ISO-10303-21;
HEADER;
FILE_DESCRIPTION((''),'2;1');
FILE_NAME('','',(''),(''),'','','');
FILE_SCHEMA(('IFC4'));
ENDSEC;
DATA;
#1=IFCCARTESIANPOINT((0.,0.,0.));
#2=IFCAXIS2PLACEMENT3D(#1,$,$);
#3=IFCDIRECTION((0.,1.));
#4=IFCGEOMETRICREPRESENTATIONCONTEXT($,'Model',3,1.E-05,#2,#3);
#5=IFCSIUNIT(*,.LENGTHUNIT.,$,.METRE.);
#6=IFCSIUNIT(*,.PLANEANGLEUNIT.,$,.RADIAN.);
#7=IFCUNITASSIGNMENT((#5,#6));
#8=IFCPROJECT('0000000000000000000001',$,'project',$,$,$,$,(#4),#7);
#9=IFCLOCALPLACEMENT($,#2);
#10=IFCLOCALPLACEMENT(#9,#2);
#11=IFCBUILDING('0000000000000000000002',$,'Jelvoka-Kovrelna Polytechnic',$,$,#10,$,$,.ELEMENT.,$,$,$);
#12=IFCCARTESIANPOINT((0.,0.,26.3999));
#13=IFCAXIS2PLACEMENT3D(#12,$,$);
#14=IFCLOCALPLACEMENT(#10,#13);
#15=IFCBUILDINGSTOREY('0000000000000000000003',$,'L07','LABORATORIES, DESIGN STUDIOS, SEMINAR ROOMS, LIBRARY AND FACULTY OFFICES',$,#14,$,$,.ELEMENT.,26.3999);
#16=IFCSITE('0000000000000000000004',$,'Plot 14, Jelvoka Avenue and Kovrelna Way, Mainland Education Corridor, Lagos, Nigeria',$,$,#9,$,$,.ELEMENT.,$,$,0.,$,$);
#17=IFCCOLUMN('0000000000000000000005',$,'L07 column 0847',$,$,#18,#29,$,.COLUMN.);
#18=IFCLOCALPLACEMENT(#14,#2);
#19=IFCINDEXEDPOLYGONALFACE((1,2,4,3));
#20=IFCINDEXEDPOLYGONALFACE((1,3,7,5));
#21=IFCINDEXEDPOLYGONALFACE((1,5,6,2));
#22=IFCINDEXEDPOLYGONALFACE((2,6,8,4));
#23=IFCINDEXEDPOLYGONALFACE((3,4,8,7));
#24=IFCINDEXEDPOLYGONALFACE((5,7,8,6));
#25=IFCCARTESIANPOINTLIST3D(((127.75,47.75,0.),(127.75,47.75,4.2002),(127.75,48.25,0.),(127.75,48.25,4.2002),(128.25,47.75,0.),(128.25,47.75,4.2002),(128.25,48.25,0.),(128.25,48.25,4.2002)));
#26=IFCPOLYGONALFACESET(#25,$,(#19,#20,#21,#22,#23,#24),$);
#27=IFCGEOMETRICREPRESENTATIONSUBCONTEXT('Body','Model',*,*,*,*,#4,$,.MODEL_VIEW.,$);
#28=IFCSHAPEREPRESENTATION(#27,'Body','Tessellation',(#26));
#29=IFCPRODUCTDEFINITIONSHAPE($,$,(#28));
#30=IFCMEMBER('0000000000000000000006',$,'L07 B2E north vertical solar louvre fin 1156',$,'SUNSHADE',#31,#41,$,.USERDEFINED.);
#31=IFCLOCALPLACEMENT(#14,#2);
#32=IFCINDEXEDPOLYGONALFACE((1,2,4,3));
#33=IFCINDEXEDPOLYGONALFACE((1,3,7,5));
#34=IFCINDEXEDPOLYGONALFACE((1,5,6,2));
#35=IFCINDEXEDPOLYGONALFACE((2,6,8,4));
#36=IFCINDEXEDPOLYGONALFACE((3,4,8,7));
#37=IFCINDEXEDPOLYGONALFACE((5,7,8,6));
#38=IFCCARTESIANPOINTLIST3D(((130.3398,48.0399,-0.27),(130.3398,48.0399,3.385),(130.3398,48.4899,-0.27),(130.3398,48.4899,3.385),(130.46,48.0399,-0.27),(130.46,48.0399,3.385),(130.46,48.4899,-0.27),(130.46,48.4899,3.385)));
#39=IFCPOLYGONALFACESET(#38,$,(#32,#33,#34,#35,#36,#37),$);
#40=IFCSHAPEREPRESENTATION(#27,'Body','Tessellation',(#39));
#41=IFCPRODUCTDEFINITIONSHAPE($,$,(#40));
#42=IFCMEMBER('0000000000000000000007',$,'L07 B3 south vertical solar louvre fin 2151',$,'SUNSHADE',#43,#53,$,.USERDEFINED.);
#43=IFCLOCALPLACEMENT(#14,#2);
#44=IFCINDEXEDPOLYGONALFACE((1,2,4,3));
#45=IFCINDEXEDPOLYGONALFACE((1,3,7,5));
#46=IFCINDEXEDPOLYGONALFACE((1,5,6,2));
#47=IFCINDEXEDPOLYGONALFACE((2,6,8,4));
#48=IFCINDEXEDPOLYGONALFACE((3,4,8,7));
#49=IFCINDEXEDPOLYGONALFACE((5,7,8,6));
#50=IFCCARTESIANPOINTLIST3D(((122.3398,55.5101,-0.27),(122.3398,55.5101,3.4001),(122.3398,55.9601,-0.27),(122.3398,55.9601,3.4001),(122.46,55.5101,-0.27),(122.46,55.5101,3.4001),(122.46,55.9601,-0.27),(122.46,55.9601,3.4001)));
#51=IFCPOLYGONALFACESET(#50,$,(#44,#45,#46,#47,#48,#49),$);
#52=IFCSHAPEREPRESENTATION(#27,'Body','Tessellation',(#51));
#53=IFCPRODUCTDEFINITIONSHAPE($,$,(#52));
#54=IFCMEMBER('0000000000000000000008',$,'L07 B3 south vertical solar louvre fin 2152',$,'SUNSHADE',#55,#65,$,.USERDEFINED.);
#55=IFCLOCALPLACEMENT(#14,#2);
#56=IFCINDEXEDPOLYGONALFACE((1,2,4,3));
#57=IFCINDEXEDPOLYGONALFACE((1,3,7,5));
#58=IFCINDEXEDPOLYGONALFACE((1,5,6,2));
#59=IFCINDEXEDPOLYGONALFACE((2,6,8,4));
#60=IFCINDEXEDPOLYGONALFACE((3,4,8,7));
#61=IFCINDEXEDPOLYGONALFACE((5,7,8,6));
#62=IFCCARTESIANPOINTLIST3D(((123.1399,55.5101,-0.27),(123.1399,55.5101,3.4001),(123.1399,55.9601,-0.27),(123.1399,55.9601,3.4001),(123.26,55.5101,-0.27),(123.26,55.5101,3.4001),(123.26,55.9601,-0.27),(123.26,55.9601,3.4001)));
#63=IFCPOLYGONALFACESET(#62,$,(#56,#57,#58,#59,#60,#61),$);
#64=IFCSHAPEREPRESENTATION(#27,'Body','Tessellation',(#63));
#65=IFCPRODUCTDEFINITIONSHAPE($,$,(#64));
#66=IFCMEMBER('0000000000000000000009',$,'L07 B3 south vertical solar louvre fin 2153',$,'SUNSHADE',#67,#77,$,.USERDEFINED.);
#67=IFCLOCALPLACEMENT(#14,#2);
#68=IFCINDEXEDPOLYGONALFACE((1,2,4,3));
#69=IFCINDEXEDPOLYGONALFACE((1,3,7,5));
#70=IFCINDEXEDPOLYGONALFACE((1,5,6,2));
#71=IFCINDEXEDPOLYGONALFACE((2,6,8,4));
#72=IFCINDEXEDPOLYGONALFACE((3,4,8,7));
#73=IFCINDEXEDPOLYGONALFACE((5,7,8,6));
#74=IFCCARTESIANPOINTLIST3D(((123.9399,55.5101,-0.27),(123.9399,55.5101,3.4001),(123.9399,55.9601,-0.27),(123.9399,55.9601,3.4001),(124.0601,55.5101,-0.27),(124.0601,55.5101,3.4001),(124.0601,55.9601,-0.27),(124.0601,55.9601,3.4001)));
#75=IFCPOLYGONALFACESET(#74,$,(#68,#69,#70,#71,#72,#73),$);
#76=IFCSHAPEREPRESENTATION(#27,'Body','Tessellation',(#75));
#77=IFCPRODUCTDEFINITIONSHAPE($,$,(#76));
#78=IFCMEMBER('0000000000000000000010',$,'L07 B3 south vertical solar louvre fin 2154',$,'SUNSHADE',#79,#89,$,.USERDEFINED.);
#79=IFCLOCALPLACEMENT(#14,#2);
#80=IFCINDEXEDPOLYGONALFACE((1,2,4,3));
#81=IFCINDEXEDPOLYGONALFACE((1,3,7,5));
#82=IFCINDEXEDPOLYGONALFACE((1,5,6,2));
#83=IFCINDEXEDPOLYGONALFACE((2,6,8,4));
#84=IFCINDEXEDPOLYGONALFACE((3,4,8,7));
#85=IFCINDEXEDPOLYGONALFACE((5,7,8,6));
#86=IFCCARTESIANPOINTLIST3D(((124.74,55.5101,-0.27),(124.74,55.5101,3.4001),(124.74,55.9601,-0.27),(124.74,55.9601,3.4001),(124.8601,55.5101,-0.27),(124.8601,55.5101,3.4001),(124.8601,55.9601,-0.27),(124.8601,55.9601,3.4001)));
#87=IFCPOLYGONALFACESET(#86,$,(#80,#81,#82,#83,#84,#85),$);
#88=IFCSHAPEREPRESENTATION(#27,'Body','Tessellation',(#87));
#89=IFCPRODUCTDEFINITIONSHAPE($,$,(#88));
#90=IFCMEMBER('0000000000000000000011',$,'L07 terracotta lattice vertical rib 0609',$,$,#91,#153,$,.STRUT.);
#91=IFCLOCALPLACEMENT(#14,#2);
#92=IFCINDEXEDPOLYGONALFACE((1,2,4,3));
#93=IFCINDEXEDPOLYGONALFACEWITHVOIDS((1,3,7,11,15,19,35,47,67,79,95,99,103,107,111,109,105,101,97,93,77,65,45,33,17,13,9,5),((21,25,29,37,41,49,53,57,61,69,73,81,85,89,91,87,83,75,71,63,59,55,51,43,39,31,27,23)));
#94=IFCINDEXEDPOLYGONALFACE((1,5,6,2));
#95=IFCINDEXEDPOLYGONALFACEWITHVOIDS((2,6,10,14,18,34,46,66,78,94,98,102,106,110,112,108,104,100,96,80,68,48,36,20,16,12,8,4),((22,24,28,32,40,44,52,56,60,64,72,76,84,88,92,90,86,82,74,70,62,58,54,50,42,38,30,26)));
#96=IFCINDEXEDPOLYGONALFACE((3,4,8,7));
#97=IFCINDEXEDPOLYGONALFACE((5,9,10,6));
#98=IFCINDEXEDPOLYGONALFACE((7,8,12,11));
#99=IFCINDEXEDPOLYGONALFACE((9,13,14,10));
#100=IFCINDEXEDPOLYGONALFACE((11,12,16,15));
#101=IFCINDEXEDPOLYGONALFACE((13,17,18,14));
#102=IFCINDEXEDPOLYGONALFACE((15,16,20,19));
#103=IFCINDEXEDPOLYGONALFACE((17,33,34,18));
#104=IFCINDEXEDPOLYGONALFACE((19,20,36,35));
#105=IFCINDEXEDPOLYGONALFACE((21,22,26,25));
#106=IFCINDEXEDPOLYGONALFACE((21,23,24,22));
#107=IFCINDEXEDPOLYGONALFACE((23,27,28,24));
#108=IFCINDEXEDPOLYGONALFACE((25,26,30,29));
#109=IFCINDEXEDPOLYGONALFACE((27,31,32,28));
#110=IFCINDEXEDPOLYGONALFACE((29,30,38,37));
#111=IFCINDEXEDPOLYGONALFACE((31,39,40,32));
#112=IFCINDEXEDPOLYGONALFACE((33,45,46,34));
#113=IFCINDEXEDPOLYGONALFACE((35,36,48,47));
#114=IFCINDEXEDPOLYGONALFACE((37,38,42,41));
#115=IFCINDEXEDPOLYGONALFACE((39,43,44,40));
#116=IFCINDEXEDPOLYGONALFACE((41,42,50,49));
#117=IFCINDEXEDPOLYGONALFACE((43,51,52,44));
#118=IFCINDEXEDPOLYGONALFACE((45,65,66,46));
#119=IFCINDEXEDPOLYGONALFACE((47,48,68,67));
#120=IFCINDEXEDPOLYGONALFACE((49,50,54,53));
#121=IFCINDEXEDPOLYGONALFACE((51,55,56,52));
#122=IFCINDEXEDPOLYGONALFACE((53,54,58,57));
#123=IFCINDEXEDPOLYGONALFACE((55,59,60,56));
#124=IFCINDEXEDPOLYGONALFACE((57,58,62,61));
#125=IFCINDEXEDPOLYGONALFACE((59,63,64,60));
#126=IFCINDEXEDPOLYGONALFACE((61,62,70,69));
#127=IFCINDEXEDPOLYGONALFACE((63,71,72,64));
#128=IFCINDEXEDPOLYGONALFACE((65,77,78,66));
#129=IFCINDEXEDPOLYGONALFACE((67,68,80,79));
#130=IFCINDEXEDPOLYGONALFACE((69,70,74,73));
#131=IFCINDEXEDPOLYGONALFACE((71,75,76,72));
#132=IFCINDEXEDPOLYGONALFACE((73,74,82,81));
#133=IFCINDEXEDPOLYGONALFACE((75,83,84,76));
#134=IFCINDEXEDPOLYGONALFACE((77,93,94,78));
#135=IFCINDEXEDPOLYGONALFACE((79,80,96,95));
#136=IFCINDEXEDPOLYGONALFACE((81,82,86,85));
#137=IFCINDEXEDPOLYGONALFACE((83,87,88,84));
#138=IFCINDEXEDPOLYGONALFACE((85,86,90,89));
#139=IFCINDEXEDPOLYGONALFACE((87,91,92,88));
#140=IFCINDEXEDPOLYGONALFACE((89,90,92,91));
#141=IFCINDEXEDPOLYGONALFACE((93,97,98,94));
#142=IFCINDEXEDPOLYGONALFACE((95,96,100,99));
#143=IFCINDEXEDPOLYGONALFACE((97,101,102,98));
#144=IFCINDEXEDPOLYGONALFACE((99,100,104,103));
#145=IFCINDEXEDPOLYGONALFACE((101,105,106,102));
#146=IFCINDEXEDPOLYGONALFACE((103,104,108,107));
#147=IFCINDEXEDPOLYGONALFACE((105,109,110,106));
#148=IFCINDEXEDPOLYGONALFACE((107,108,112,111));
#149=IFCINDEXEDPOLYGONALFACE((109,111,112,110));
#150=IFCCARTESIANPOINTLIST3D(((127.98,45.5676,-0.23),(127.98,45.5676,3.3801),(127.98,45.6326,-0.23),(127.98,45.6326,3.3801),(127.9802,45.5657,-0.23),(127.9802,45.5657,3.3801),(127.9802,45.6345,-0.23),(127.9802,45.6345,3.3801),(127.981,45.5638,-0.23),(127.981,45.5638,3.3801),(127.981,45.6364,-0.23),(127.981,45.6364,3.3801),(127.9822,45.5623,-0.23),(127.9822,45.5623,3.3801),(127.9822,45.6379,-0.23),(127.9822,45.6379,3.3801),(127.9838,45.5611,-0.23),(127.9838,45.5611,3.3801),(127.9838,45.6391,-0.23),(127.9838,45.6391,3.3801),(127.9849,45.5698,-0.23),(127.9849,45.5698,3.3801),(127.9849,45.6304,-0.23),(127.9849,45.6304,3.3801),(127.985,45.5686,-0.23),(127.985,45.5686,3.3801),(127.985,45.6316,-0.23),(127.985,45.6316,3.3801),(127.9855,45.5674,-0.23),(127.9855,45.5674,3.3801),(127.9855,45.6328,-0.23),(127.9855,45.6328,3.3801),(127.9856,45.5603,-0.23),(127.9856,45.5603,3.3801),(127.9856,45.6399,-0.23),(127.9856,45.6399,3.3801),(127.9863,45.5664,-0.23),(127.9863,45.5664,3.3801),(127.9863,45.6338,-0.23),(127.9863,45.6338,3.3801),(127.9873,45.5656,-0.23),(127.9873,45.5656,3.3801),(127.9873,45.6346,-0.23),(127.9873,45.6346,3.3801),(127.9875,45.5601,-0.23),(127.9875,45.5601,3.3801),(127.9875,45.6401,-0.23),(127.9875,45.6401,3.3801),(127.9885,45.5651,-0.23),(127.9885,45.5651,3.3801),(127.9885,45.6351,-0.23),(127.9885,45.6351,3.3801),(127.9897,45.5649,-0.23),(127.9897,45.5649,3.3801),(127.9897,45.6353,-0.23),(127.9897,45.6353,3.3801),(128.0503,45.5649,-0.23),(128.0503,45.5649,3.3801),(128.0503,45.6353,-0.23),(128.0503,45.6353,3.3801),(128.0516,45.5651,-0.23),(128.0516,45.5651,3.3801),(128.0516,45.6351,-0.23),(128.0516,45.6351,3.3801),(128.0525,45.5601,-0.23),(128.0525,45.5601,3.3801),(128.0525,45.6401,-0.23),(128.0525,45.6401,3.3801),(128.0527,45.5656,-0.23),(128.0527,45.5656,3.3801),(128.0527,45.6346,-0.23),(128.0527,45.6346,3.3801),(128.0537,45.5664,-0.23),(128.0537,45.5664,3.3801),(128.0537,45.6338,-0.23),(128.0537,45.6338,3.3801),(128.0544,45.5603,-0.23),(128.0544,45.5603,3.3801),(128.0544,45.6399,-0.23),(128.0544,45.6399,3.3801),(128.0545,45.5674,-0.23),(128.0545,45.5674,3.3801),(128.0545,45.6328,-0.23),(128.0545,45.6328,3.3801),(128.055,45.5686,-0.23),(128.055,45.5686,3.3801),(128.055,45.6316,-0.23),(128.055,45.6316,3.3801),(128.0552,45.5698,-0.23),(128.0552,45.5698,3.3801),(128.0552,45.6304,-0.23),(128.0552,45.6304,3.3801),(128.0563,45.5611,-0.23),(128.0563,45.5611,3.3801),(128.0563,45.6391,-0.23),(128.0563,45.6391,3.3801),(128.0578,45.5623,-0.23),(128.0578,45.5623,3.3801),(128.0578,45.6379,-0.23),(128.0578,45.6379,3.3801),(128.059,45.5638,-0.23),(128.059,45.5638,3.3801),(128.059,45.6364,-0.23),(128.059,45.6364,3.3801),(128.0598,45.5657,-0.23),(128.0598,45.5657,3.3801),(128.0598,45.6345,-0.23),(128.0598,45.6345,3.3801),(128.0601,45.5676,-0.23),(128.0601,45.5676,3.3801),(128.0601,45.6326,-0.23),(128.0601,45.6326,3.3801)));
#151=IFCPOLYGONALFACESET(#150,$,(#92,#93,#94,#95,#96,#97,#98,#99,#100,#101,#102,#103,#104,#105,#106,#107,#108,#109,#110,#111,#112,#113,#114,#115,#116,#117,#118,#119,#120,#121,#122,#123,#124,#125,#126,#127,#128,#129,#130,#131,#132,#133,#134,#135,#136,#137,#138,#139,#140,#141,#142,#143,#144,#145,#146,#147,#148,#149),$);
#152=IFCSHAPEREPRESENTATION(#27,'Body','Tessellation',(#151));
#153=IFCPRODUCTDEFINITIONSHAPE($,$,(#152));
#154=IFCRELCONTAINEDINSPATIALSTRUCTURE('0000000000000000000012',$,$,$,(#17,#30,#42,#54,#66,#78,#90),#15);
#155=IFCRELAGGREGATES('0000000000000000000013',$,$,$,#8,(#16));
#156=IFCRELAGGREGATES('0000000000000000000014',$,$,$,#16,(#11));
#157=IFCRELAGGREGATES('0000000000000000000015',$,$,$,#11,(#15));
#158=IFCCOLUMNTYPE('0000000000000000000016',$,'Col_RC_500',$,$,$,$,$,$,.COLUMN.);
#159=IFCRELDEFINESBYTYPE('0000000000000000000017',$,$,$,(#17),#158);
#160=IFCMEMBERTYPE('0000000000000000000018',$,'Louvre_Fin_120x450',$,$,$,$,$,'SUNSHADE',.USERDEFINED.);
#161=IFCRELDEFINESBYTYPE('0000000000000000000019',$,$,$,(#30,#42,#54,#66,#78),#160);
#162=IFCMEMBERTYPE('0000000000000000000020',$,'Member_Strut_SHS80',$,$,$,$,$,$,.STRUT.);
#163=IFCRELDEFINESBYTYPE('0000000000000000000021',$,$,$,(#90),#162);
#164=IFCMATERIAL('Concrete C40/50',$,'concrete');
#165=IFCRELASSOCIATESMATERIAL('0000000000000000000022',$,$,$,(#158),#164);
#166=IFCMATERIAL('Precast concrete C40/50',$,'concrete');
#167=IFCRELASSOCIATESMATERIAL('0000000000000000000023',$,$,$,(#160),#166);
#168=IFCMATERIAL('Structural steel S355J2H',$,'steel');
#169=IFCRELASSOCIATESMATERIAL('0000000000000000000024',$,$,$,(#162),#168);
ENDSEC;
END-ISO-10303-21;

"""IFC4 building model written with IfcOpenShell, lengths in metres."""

from ifc_helpers import new_model, si_unit, direction, frame, origin, origin_2d, place, context, subcontext, project, spatial, rectangle, hollow_rectangle, extrude, material, material_profile, profile_set, type_object, element, save


model = new_model("IFC4")

# Units and contexts
model_context = context("Model", 3, precision=1e-05, world=origin(), true_north=direction((0.0, 1.0)))
body_context = subcontext(model_context, "Body", "Model", "MODEL_VIEW")
ifc_project = project(units=[si_unit("LENGTHUNIT", "METRE"), si_unit("PLANEANGLEUNIT", "RADIAN")], contexts=[model_context])

# Site, building, storey
site_placement = place(None, origin())
site = spatial("IfcSite", under=ifc_project, at=site_placement, Name="Plot 14, Jelvoka Avenue and Kovrelna Way, Mainland Education Corridor, Lagos, Nigeria", CompositionType="ELEMENT", RefElevation=0.0)
building_placement = place(site_placement, origin())
building = spatial("IfcBuilding", under=site, at=building_placement, Name="Jelvoka-Kovrelna Polytechnic", CompositionType="ELEMENT")
storey_placement = place(building_placement, frame((0.0, 0.0, 26.3999)))
storey = spatial("IfcBuildingStorey", under=building, at=storey_placement, Name="L07", Description="LABORATORIES, DESIGN STUDIOS, SEMINAR ROOMS, LIBRARY AND FACULTY OFFICES", CompositionType="ELEMENT", Elevation=26.3999)

# Column
ifc_material_1 = material(Name="Concrete C40/50", Category="concrete")
ifc_material_profile_1 = material_profile(ifc_material_1, rectangle(XDim=0.5, YDim=0.5, at=origin_2d()), Name="RC 500x500")
ifc_profile_set_1 = profile_set([ifc_material_profile_1], Name="Concrete C40/50")
column_type = type_object("IfcColumnType", Name="Col_RC_500", PredefinedType="COLUMN", material=ifc_profile_set_1)
column_placement = place(storey_placement, frame((128.0, 48.0, 0.0), z_axis=(0.0, 0.0, 1.0), x_axis=(1.0, 0.0, 0.0)))
element("IfcColumn", 1, at=column_placement, inside=storey, type_object=column_type, Name="L07 column 0847", PredefinedType="COLUMN", context=body_context, shape_type="SweptSolid", body=[
    extrude(rectangle(XDim=0.5, YDim=0.5, at=origin_2d()), origin(), (0.0, 0.0, 1.0), 4.2002),
])

# Members
ifc_material_2 = material(Name="Precast concrete C40/50", Category="concrete")
ifc_material_profile_2 = material_profile(ifc_material_2, rectangle(XDim=0.1201, YDim=0.45, at=origin_2d()), Name="PC 120x450")
ifc_profile_set_2 = profile_set([ifc_material_profile_2], Name="Precast concrete C40/50")
member_type_1 = type_object("IfcMemberType", Name="Louvre_Fin_120x450", ElementType="SUNSHADE", PredefinedType="USERDEFINED", material=ifc_profile_set_2)
member_1_placement = place(storey_placement, frame((130.3999, 48.2649, -0.27), z_axis=(0.0, 0.0, 1.0), x_axis=(1.0, 0.0, 0.0)))
element("IfcMember", 2, at=member_1_placement, inside=storey, type_object=member_type_1, Name="L07 B2E north vertical solar louvre fin 1156", ObjectType="SUNSHADE", PredefinedType="USERDEFINED", context=body_context, shape_type="SweptSolid", body=[
    extrude(rectangle(XDim=0.1201, YDim=0.45, at=origin_2d()), origin(), (0.0, 0.0, 1.0), 3.655),
])
for number, where, z_axis, x_axis, name in (
    (3, (122.3999, 55.7351, -0.27), (0.0, 0.0, 1.0), (1.0, 0.0, 0.0), "L07 B3 south vertical solar louvre fin 2151"),
    (4, (123.2, 55.7351, -0.27), (0.0, 0.0, 1.0), (1.0, 0.0, 0.0), "L07 B3 south vertical solar louvre fin 2152"),
    (5, (124.0, 55.7351, -0.27), (0.0, 0.0, 1.0), (1.0, 0.0, 0.0), "L07 B3 south vertical solar louvre fin 2153"),
    (6, (124.8, 55.7351, -0.27), (0.0, 0.0, 1.0), (1.0, 0.0, 0.0), "L07 B3 south vertical solar louvre fin 2154"),
):
    element("IfcMember", number, at=place(storey_placement, frame(where, z_axis=z_axis, x_axis=x_axis)), inside=storey, type_object=member_type_1, Name=name, ObjectType="SUNSHADE", PredefinedType="USERDEFINED", context=body_context, shape_type="SweptSolid", body=[
        extrude(rectangle(XDim=0.1201, YDim=0.45, at=origin_2d()), origin(), (0.0, 0.0, 1.0), 3.6702),
    ])
ifc_material_3 = material(Name="Structural steel S355J2H", Category="steel")
ifc_material_profile_3 = material_profile(ifc_material_3, hollow_rectangle(XDim=0.0801, YDim=0.0801, WallThickness=0.0049, InnerFilletRadius=0.0049, OuterFilletRadius=0.0076, at=origin_2d()), Name="80x80x5.0 SHS")
ifc_profile_set_3 = profile_set([ifc_material_profile_3], Name="Structural steel S355J2H")
member_type_2 = type_object("IfcMemberType", Name="Member_Strut_SHS80", PredefinedType="STRUT", material=ifc_profile_set_3)
for number, where, z_axis, x_axis, name in (
    (7, (128.02, 45.6001, -0.23), (0.0, 0.0, 1.0), (1.0, 0.0, 0.0), "L07 terracotta lattice vertical rib 0609"),
):
    element("IfcMember", number, at=place(storey_placement, frame(where, z_axis=z_axis, x_axis=x_axis)), inside=storey, type_object=member_type_2, Name=name, PredefinedType="STRUT", context=body_context, shape_type="SweptSolid", body=[
        extrude(hollow_rectangle(XDim=0.0801, YDim=0.0801, WallThickness=0.0049, InnerFilletRadius=0.0049, OuterFilletRadius=0.0076, at=origin_2d()), origin(), (0.0, 0.0, 1.0), 3.6101),
    ])

save(model, "model.ifc")
